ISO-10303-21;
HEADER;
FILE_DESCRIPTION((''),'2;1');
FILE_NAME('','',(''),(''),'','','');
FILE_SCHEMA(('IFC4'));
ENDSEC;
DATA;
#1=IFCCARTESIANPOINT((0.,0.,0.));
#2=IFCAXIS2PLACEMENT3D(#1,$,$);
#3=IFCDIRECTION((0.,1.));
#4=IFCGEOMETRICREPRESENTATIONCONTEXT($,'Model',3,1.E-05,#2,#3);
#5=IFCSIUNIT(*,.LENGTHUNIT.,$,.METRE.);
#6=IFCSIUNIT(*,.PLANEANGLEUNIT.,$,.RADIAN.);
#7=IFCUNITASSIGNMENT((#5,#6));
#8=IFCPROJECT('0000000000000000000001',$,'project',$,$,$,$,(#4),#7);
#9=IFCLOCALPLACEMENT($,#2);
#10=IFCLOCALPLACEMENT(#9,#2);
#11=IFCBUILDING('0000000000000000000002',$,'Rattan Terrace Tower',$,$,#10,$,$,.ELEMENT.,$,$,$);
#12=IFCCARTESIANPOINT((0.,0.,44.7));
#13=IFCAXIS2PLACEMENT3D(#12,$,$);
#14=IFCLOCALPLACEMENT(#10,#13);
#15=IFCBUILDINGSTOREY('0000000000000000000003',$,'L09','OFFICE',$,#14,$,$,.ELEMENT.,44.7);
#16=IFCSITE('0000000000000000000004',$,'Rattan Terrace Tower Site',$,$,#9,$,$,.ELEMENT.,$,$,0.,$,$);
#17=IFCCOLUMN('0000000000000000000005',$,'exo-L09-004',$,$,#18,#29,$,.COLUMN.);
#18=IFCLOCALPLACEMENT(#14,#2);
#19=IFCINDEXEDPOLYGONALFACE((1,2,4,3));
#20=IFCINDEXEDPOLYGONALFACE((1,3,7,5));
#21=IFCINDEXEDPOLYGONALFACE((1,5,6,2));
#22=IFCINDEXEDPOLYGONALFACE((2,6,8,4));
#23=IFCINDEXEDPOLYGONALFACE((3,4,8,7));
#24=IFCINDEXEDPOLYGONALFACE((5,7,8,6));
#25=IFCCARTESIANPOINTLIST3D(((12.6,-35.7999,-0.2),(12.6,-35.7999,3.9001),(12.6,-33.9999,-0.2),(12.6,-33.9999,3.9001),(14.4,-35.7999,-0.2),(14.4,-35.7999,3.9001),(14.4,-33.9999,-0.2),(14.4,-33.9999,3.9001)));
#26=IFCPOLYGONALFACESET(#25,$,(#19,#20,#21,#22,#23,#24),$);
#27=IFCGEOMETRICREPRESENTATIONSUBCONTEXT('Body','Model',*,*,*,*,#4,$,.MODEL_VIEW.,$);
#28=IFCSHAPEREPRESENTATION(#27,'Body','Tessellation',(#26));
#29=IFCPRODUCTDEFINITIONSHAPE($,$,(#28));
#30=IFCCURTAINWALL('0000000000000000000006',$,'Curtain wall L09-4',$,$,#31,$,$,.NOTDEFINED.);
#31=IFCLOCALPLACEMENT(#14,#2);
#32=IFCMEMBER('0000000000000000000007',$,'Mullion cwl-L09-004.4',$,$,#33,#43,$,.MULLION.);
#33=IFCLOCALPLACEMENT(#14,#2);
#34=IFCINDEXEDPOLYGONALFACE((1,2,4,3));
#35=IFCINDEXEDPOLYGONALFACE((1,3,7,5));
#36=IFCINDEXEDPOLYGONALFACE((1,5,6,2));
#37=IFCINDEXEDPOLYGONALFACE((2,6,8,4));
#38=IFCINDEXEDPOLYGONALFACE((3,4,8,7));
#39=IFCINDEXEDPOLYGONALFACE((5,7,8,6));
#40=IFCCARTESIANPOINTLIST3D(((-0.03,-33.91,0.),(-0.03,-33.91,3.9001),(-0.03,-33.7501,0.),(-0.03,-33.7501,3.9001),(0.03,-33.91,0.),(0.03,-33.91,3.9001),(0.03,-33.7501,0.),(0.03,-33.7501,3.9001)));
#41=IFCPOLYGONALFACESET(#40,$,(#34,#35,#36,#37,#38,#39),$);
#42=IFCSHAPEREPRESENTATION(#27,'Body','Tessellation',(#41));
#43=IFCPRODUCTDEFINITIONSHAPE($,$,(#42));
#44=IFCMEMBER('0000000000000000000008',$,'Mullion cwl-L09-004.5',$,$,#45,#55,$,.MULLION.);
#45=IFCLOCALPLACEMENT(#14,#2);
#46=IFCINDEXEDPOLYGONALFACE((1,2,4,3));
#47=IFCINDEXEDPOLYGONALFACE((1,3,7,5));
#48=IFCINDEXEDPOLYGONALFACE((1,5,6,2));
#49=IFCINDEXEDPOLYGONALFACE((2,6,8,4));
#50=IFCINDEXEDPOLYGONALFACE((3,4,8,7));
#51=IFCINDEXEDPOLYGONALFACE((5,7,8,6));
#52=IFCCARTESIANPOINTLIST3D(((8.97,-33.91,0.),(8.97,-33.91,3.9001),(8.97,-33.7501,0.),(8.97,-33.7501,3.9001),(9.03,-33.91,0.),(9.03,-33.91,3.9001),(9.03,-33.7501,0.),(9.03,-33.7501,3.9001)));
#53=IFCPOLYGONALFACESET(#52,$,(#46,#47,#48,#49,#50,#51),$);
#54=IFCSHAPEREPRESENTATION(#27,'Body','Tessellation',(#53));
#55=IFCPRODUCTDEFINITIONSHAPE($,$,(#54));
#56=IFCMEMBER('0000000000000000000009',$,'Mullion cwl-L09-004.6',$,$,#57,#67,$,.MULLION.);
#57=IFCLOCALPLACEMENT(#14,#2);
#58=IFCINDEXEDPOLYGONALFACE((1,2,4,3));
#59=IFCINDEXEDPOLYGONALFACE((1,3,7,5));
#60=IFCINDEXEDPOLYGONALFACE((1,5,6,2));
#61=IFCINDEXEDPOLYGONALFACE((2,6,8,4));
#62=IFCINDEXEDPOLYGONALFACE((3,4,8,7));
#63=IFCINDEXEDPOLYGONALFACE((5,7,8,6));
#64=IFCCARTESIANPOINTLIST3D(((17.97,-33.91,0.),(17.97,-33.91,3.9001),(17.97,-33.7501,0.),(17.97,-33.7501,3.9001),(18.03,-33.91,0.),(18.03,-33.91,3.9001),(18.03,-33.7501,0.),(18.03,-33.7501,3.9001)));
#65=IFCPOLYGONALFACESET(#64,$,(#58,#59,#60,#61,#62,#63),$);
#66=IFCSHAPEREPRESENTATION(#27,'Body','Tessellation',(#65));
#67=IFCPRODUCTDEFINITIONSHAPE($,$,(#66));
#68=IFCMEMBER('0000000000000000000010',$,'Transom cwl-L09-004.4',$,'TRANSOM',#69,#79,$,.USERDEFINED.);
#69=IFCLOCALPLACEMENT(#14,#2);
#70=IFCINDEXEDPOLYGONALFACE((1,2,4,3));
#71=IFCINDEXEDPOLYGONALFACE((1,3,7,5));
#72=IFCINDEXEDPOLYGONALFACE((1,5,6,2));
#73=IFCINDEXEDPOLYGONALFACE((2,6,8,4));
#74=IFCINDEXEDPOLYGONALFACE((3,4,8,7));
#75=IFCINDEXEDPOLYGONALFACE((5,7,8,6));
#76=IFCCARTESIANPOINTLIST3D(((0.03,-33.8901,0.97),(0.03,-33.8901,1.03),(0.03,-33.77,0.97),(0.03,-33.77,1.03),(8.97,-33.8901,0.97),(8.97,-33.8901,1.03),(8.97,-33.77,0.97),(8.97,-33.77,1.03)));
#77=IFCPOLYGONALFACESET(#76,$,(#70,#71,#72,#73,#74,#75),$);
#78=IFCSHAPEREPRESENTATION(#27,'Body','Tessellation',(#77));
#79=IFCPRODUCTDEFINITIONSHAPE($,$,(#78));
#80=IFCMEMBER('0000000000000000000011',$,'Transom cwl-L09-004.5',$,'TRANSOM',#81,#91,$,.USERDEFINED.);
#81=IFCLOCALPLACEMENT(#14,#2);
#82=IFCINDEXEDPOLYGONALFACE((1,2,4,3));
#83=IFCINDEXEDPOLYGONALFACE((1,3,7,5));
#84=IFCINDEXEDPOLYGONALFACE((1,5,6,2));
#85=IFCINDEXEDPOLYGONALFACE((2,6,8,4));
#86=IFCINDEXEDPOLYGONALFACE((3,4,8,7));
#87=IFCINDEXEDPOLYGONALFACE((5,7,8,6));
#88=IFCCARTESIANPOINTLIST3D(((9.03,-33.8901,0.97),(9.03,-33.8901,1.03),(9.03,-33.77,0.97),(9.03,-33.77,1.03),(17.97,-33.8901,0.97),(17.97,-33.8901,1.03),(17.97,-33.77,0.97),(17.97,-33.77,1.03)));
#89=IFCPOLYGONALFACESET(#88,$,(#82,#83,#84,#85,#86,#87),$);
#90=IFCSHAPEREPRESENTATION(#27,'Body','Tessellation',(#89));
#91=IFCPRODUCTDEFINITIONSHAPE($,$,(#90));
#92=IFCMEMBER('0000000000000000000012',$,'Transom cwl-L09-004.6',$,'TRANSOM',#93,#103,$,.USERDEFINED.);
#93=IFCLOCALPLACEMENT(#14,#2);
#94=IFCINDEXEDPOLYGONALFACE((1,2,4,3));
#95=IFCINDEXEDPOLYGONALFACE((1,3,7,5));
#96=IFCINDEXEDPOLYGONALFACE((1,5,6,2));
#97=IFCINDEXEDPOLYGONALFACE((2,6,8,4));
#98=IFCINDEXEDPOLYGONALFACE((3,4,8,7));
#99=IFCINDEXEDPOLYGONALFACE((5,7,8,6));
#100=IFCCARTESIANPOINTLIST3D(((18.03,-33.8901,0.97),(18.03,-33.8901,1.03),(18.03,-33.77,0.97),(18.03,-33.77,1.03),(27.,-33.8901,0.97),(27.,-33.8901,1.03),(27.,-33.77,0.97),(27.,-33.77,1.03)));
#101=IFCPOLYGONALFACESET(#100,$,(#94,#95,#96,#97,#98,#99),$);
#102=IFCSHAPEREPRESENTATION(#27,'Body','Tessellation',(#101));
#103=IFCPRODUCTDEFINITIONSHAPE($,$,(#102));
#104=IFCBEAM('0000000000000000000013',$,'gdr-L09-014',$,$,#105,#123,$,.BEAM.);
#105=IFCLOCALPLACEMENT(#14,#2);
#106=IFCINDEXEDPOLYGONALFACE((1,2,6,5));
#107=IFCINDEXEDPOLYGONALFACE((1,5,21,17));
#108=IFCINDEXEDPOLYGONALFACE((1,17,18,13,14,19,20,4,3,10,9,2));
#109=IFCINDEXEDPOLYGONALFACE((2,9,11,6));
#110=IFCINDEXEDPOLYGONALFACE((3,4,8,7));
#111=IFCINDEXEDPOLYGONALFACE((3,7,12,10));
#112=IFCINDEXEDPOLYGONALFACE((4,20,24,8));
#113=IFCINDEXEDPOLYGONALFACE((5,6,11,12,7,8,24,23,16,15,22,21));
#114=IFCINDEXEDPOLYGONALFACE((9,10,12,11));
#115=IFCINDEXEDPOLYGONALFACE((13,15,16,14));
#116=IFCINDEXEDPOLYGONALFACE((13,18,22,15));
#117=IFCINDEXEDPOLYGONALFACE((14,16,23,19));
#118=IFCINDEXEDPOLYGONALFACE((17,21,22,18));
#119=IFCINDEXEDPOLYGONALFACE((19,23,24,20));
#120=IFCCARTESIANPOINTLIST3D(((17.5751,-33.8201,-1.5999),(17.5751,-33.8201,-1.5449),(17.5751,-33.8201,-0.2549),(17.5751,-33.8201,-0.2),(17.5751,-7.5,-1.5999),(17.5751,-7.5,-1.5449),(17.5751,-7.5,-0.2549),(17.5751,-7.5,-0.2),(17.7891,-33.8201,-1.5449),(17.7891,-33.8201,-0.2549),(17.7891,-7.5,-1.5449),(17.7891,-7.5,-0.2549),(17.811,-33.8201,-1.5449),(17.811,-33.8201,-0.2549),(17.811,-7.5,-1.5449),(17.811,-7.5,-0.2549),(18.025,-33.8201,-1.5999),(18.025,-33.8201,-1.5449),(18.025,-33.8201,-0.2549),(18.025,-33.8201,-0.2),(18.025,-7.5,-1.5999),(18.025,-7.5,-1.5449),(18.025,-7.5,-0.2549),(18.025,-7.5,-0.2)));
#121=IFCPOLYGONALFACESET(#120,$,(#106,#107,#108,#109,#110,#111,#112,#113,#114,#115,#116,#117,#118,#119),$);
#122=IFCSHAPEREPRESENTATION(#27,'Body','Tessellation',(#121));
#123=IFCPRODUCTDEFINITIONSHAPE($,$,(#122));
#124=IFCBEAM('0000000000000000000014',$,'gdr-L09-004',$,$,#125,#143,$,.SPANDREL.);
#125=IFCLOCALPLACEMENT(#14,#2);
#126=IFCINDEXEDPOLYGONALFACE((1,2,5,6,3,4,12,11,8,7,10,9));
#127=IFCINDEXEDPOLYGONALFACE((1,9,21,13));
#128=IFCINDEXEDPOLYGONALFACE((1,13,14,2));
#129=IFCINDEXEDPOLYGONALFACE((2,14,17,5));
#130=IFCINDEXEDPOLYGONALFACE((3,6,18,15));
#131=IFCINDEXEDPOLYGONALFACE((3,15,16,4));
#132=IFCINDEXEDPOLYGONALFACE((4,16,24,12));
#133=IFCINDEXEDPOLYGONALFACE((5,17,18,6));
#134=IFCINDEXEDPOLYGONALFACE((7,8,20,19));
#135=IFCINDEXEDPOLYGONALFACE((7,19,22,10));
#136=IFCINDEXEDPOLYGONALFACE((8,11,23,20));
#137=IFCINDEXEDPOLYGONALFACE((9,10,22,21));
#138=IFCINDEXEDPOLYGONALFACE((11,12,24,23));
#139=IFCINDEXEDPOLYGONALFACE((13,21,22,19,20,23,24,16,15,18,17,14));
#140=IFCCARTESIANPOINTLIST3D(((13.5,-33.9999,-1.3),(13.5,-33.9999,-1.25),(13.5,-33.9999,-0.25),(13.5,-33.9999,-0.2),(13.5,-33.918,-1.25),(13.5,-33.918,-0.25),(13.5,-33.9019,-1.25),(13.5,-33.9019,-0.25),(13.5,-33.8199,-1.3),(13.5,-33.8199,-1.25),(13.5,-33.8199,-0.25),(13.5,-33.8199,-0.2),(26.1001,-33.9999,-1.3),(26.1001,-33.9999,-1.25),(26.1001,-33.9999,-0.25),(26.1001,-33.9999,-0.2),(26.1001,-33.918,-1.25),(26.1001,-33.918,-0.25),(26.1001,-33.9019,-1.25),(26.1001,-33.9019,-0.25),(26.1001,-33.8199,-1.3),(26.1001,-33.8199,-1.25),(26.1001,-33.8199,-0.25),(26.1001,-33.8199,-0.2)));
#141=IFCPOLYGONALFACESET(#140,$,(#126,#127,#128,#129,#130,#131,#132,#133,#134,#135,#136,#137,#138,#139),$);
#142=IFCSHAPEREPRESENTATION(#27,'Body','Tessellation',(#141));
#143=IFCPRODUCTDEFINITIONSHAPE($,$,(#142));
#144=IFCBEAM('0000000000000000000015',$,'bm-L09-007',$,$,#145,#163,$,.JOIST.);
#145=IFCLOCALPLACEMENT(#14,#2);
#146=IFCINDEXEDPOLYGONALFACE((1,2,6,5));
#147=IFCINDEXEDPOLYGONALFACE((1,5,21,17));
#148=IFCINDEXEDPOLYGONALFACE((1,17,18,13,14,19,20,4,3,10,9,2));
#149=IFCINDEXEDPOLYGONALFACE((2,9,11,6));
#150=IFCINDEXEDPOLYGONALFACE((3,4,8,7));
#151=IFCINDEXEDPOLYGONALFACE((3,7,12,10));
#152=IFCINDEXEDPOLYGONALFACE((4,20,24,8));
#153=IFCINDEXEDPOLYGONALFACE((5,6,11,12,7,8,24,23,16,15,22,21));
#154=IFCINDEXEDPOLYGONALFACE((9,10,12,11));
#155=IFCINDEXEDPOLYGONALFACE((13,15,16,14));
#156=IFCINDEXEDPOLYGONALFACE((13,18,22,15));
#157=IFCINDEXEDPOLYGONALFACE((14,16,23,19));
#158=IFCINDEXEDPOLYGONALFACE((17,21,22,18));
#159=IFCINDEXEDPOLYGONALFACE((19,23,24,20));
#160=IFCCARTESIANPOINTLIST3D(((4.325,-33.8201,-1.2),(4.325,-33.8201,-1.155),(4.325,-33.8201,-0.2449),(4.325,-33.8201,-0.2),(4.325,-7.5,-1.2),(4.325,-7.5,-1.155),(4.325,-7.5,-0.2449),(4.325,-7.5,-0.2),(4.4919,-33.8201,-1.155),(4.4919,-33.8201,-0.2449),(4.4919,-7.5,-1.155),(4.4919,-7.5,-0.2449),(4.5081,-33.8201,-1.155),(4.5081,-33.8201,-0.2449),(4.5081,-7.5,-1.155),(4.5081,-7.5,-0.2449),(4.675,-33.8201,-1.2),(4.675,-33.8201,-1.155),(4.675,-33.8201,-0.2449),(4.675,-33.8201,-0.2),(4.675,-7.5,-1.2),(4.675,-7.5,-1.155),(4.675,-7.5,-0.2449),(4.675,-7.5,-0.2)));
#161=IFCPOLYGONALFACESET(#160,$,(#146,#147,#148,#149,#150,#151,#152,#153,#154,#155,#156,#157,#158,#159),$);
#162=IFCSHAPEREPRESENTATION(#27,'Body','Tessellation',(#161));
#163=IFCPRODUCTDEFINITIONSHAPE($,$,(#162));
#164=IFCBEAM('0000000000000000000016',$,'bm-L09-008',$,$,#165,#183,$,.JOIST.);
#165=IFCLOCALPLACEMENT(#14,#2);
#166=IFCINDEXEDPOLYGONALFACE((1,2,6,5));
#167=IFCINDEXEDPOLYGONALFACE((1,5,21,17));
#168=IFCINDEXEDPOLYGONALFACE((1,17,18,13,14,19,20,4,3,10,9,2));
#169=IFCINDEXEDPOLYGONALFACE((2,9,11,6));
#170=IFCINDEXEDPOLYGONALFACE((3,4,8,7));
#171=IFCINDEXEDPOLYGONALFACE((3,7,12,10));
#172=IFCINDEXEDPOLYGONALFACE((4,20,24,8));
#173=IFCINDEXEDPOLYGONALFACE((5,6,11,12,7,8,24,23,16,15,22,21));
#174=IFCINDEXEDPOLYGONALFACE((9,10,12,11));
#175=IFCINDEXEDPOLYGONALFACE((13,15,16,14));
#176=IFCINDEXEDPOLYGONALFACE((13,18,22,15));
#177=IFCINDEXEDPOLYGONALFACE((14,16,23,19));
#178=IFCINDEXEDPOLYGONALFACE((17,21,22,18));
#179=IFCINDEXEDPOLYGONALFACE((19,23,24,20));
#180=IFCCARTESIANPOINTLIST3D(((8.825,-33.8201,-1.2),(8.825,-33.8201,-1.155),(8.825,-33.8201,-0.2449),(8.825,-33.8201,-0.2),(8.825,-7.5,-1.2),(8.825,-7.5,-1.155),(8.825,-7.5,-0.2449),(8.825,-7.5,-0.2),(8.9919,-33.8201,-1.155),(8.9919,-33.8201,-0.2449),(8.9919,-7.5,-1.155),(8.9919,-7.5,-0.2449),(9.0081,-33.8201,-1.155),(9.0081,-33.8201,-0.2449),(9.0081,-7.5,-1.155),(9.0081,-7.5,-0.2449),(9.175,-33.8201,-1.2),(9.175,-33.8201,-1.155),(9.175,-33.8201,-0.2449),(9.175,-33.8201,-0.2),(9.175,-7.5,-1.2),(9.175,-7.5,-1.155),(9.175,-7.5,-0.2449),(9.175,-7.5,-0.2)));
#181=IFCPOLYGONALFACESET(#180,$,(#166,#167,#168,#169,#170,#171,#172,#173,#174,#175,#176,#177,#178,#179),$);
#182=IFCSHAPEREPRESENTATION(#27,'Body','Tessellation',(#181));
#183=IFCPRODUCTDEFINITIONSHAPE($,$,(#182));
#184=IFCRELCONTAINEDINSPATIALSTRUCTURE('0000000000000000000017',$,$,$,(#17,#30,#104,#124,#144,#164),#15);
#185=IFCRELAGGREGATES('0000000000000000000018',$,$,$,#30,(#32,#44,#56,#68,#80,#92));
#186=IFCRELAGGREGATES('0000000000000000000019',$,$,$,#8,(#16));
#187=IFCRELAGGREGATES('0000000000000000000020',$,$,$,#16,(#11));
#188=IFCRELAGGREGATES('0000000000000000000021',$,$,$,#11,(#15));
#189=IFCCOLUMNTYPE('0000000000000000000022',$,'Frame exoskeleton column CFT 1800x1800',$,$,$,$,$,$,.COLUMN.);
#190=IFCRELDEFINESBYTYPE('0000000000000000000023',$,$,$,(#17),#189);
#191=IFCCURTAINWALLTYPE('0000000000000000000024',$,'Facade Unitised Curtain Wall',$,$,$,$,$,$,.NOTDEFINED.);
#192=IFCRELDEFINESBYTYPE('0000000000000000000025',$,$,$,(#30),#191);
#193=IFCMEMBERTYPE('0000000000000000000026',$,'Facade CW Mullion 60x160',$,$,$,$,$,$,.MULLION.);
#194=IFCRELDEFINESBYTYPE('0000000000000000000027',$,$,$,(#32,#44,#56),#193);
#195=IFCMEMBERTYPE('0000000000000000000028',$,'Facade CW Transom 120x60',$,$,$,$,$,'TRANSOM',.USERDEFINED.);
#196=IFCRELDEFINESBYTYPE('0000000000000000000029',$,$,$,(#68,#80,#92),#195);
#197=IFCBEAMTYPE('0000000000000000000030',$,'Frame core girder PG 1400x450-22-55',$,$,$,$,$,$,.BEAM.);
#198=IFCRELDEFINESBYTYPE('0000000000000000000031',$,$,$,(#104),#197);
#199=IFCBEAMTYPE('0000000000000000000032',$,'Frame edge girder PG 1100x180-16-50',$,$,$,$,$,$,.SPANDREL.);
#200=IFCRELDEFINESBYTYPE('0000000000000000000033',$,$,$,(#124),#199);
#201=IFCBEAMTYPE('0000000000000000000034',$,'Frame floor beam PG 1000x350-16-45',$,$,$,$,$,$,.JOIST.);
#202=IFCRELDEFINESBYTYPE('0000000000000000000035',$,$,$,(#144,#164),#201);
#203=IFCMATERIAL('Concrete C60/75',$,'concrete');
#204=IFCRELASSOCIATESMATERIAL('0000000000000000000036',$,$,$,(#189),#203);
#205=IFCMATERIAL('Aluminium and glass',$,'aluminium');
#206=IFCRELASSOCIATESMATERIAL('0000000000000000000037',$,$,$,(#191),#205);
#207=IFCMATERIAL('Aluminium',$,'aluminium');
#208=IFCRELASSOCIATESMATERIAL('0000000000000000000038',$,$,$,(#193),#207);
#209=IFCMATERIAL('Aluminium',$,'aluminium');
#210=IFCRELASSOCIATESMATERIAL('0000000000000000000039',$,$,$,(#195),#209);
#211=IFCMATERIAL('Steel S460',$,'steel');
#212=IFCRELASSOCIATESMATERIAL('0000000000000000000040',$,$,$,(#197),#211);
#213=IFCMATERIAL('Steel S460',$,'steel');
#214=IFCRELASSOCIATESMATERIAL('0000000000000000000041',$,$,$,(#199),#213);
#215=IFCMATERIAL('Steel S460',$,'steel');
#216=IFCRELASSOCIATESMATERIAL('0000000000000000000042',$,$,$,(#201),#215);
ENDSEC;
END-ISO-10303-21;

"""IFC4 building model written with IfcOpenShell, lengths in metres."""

from ifc_helpers import new_model, si_unit, direction, frame, origin, origin_2d, place, context, subcontext, project, spatial, rectangle, i_section, extrude, material, material_profile, profile_set, type_object, element, aggregate, save


model = new_model("IFC4")

# Units and contexts
model_context = context("Model", 3, precision=1e-05, world=origin(), true_north=direction((0.0, 1.0)))
body_context = subcontext(model_context, "Body", "Model", "MODEL_VIEW")
ifc_project = project(units=[si_unit("LENGTHUNIT", "METRE"), si_unit("PLANEANGLEUNIT", "RADIAN")], contexts=[model_context])

# Site, building, storey
site_placement = place(None, origin())
site = spatial("IfcSite", under=ifc_project, at=site_placement, Name="Rattan Terrace Tower Site", CompositionType="ELEMENT", RefElevation=0.0)
building_placement = place(site_placement, origin())
building = spatial("IfcBuilding", under=site, at=building_placement, Name="Rattan Terrace Tower", CompositionType="ELEMENT")
storey_placement = place(building_placement, frame((0.0, 0.0, 44.7)))
storey = spatial("IfcBuildingStorey", under=building, at=storey_placement, Name="L09", Description="OFFICE", CompositionType="ELEMENT", Elevation=44.7)

# Column
ifc_material_1 = material(Name="Concrete C60/75", Category="concrete")
ifc_material_profile_1 = material_profile(ifc_material_1, rectangle(XDim=1.8, YDim=1.8, at=origin_2d()), Name="CFT 1800x1800")
ifc_profile_set_1 = profile_set([ifc_material_profile_1], Name="Concrete C60/75")
column_type = type_object("IfcColumnType", Name="Frame exoskeleton column CFT 1800x1800", PredefinedType="COLUMN", material=ifc_profile_set_1)
column_placement = place(storey_placement, frame((13.5, -34.8999, -0.2), z_axis=(0.0, 0.0, 1.0), x_axis=(1.0, 0.0, 0.0)))
element("IfcColumn", 1, at=column_placement, inside=storey, type_object=column_type, Name="exo-L09-004", PredefinedType="COLUMN", context=body_context, shape_type="SweptSolid", body=[
    extrude(rectangle(XDim=1.8, YDim=1.8, at=origin_2d()), origin(), (0.0, 0.0, 1.0), 4.1001),
])

# Curtain wall, members
ifc_material_2 = material(Name="Aluminium and glass", Category="aluminium")
curtain_wall_type = type_object("IfcCurtainWallType", Name="Facade Unitised Curtain Wall", PredefinedType="NOTDEFINED", material=ifc_material_2)
curtain_wall_placement = place(storey_placement, origin())
curtain_wall = element("IfcCurtainWall", 2, at=curtain_wall_placement, inside=storey, type_object=curtain_wall_type, Name="Curtain wall L09-4", PredefinedType="NOTDEFINED")
ifc_material_3 = material(Name="Aluminium", Category="aluminium")
ifc_material_profile_2 = material_profile(ifc_material_3, rectangle(XDim=0.0601, YDim=0.1599, at=origin_2d()), Name="Aluminium 60x160")
ifc_profile_set_2 = profile_set([ifc_material_profile_2], Name="Aluminium")
member_type_1 = type_object("IfcMemberType", Name="Facade CW Mullion 60x160", PredefinedType="MULLION", material=ifc_profile_set_2)
member_1_placement = place(storey_placement, frame((0.0, -33.8301, 0.0), z_axis=(0.0, 0.0, 1.0), x_axis=(1.0, 0.0, 0.0)))
member_1 = element("IfcMember", 3, at=member_1_placement, type_object=member_type_1, Name="Mullion cwl-L09-004.4", PredefinedType="MULLION", context=body_context, shape_type="SweptSolid", body=[
    extrude(rectangle(XDim=0.0601, YDim=0.1599, at=origin_2d()), origin(), (0.0, 0.0, 1.0), 3.9001),
])
member_2_placement = place(storey_placement, frame((9.0, -33.8301, 0.0), z_axis=(0.0, 0.0, 1.0), x_axis=(1.0, 0.0, 0.0)))
member_2 = element("IfcMember", 4, at=member_2_placement, type_object=member_type_1, Name="Mullion cwl-L09-004.5", PredefinedType="MULLION", context=body_context, shape_type="SweptSolid", body=[
    extrude(rectangle(XDim=0.0601, YDim=0.1599, at=origin_2d()), origin(), (0.0, 0.0, 1.0), 3.9001),
])
member_3_placement = place(storey_placement, frame((18.0, -33.8301, 0.0), z_axis=(0.0, 0.0, 1.0), x_axis=(1.0, 0.0, 0.0)))
member_3 = element("IfcMember", 5, at=member_3_placement, type_object=member_type_1, Name="Mullion cwl-L09-004.6", PredefinedType="MULLION", context=body_context, shape_type="SweptSolid", body=[
    extrude(rectangle(XDim=0.0601, YDim=0.1599, at=origin_2d()), origin(), (0.0, 0.0, 1.0), 3.9001),
])
ifc_material_4 = material(Name="Aluminium", Category="aluminium")
ifc_material_profile_3 = material_profile(ifc_material_4, rectangle(XDim=0.1201, YDim=0.0601, at=origin_2d()), Name="Aluminium 120x60")
ifc_profile_set_3 = profile_set([ifc_material_profile_3], Name="Aluminium")
member_type_2 = type_object("IfcMemberType", Name="Facade CW Transom 120x60", ElementType="TRANSOM", PredefinedType="USERDEFINED", material=ifc_profile_set_3)
member_4_placement = place(storey_placement, frame((0.03, -33.8301, 1.0), z_axis=(1.0, 0.0, 0.0), x_axis=(0.0, 1.0, 0.0)))
member_4 = element("IfcMember", 6, at=member_4_placement, type_object=member_type_2, Name="Transom cwl-L09-004.4", ObjectType="TRANSOM", PredefinedType="USERDEFINED", context=body_context, shape_type="SweptSolid", body=[
    extrude(rectangle(XDim=0.1201, YDim=0.0601, at=origin_2d()), origin(), (0.0, 0.0, 1.0), 8.9399),
])
member_5_placement = place(storey_placement, frame((9.03, -33.8301, 1.0), z_axis=(1.0, 0.0, 0.0), x_axis=(0.0, 1.0, 0.0)))
member_5 = element("IfcMember", 7, at=member_5_placement, type_object=member_type_2, Name="Transom cwl-L09-004.5", ObjectType="TRANSOM", PredefinedType="USERDEFINED", context=body_context, shape_type="SweptSolid", body=[
    extrude(rectangle(XDim=0.1201, YDim=0.0601, at=origin_2d()), origin(), (0.0, 0.0, 1.0), 8.9399),
])
member_6_placement = place(storey_placement, frame((18.03, -33.8301, 1.0), z_axis=(1.0, 0.0, 0.0), x_axis=(0.0, 1.0, 0.0)))
member_6 = element("IfcMember", 8, at=member_6_placement, type_object=member_type_2, Name="Transom cwl-L09-004.6", ObjectType="TRANSOM", PredefinedType="USERDEFINED", context=body_context, shape_type="SweptSolid", body=[
    extrude(rectangle(XDim=0.1201, YDim=0.0601, at=origin_2d()), origin(), (0.0, 0.0, 1.0), 8.97),
])

# Beams
ifc_material_5 = material(Name="Steel S460", Category="steel")
ifc_material_profile_4 = material_profile(ifc_material_5, i_section(OverallWidth=0.45, OverallDepth=1.3999, WebThickness=0.022, FlangeThickness=0.0549, at=origin_2d()), Name="PG 1400x450-22-55")
ifc_profile_set_4 = profile_set([ifc_material_profile_4], Name="Steel S460")
beam_type_1 = type_object("IfcBeamType", Name="Frame core girder PG 1400x450-22-55", PredefinedType="BEAM", material=ifc_profile_set_4)
beam_1_placement = place(storey_placement, frame((17.8, -33.8201, -0.8999), z_axis=(0.0, 1.0, 0.0), x_axis=(-1.0, 0.0, 0.0)))
element("IfcBeam", 9, at=beam_1_placement, inside=storey, type_object=beam_type_1, Name="gdr-L09-014", PredefinedType="BEAM", context=body_context, shape_type="SweptSolid", body=[
    extrude(i_section(OverallWidth=0.45, OverallDepth=1.3999, WebThickness=0.022, FlangeThickness=0.0549, at=origin_2d()), origin(), (0.0, 0.0, 1.0), 26.3201),
])
ifc_material_6 = material(Name="Steel S460", Category="steel")
ifc_material_profile_5 = material_profile(ifc_material_6, i_section(OverallWidth=0.1799, OverallDepth=1.1001, WebThickness=0.0161, FlangeThickness=0.05, at=origin_2d()), Name="PG 1100x180-16-50")
ifc_profile_set_5 = profile_set([ifc_material_profile_5], Name="Steel S460")
beam_type_2 = type_object("IfcBeamType", Name="Frame edge girder PG 1100x180-16-50", PredefinedType="SPANDREL", material=ifc_profile_set_5)
beam_2_placement = place(storey_placement, frame((13.5, -33.9099, -0.75), z_axis=(1.0, 0.0, 0.0), x_axis=(0.0, 1.0, 0.0)))
element("IfcBeam", 10, at=beam_2_placement, inside=storey, type_object=beam_type_2, Name="gdr-L09-004", PredefinedType="SPANDREL", context=body_context, shape_type="SweptSolid", body=[
    extrude(i_section(OverallWidth=0.1799, OverallDepth=1.1001, WebThickness=0.0161, FlangeThickness=0.05, at=origin_2d()), origin(), (0.0, 0.0, 1.0), 12.6001),
])
ifc_material_7 = material(Name="Steel S460", Category="steel")
ifc_material_profile_6 = material_profile(ifc_material_7, i_section(OverallWidth=0.3501, OverallDepth=1.0, WebThickness=0.0161, FlangeThickness=0.0449, at=origin_2d()), Name="PG 1000x350-16-45")
ifc_profile_set_6 = profile_set([ifc_material_profile_6], Name="Steel S460")
beam_type_3 = type_object("IfcBeamType", Name="Frame floor beam PG 1000x350-16-45", PredefinedType="JOIST", material=ifc_profile_set_6)
for number, where, z_axis, x_axis, name in (
    (11, (4.5, -33.8201, -0.7), (0.0, 1.0, 0.0), (-1.0, 0.0, 0.0), "bm-L09-007"),
    (12, (9.0, -33.8201, -0.7), (0.0, 1.0, 0.0), (-1.0, 0.0, 0.0), "bm-L09-008"),
):
    element("IfcBeam", number, at=place(storey_placement, frame(where, z_axis=z_axis, x_axis=x_axis)), inside=storey, type_object=beam_type_3, Name=name, PredefinedType="JOIST", context=body_context, shape_type="SweptSolid", body=[
        extrude(i_section(OverallWidth=0.3501, OverallDepth=1.0, WebThickness=0.0161, FlangeThickness=0.0449, at=origin_2d()), origin(), (0.0, 0.0, 1.0), 26.3201),
    ])

aggregate(curtain_wall, [member_1, member_2, member_3, member_4, member_5, member_6])

save(model, "model.ifc")
